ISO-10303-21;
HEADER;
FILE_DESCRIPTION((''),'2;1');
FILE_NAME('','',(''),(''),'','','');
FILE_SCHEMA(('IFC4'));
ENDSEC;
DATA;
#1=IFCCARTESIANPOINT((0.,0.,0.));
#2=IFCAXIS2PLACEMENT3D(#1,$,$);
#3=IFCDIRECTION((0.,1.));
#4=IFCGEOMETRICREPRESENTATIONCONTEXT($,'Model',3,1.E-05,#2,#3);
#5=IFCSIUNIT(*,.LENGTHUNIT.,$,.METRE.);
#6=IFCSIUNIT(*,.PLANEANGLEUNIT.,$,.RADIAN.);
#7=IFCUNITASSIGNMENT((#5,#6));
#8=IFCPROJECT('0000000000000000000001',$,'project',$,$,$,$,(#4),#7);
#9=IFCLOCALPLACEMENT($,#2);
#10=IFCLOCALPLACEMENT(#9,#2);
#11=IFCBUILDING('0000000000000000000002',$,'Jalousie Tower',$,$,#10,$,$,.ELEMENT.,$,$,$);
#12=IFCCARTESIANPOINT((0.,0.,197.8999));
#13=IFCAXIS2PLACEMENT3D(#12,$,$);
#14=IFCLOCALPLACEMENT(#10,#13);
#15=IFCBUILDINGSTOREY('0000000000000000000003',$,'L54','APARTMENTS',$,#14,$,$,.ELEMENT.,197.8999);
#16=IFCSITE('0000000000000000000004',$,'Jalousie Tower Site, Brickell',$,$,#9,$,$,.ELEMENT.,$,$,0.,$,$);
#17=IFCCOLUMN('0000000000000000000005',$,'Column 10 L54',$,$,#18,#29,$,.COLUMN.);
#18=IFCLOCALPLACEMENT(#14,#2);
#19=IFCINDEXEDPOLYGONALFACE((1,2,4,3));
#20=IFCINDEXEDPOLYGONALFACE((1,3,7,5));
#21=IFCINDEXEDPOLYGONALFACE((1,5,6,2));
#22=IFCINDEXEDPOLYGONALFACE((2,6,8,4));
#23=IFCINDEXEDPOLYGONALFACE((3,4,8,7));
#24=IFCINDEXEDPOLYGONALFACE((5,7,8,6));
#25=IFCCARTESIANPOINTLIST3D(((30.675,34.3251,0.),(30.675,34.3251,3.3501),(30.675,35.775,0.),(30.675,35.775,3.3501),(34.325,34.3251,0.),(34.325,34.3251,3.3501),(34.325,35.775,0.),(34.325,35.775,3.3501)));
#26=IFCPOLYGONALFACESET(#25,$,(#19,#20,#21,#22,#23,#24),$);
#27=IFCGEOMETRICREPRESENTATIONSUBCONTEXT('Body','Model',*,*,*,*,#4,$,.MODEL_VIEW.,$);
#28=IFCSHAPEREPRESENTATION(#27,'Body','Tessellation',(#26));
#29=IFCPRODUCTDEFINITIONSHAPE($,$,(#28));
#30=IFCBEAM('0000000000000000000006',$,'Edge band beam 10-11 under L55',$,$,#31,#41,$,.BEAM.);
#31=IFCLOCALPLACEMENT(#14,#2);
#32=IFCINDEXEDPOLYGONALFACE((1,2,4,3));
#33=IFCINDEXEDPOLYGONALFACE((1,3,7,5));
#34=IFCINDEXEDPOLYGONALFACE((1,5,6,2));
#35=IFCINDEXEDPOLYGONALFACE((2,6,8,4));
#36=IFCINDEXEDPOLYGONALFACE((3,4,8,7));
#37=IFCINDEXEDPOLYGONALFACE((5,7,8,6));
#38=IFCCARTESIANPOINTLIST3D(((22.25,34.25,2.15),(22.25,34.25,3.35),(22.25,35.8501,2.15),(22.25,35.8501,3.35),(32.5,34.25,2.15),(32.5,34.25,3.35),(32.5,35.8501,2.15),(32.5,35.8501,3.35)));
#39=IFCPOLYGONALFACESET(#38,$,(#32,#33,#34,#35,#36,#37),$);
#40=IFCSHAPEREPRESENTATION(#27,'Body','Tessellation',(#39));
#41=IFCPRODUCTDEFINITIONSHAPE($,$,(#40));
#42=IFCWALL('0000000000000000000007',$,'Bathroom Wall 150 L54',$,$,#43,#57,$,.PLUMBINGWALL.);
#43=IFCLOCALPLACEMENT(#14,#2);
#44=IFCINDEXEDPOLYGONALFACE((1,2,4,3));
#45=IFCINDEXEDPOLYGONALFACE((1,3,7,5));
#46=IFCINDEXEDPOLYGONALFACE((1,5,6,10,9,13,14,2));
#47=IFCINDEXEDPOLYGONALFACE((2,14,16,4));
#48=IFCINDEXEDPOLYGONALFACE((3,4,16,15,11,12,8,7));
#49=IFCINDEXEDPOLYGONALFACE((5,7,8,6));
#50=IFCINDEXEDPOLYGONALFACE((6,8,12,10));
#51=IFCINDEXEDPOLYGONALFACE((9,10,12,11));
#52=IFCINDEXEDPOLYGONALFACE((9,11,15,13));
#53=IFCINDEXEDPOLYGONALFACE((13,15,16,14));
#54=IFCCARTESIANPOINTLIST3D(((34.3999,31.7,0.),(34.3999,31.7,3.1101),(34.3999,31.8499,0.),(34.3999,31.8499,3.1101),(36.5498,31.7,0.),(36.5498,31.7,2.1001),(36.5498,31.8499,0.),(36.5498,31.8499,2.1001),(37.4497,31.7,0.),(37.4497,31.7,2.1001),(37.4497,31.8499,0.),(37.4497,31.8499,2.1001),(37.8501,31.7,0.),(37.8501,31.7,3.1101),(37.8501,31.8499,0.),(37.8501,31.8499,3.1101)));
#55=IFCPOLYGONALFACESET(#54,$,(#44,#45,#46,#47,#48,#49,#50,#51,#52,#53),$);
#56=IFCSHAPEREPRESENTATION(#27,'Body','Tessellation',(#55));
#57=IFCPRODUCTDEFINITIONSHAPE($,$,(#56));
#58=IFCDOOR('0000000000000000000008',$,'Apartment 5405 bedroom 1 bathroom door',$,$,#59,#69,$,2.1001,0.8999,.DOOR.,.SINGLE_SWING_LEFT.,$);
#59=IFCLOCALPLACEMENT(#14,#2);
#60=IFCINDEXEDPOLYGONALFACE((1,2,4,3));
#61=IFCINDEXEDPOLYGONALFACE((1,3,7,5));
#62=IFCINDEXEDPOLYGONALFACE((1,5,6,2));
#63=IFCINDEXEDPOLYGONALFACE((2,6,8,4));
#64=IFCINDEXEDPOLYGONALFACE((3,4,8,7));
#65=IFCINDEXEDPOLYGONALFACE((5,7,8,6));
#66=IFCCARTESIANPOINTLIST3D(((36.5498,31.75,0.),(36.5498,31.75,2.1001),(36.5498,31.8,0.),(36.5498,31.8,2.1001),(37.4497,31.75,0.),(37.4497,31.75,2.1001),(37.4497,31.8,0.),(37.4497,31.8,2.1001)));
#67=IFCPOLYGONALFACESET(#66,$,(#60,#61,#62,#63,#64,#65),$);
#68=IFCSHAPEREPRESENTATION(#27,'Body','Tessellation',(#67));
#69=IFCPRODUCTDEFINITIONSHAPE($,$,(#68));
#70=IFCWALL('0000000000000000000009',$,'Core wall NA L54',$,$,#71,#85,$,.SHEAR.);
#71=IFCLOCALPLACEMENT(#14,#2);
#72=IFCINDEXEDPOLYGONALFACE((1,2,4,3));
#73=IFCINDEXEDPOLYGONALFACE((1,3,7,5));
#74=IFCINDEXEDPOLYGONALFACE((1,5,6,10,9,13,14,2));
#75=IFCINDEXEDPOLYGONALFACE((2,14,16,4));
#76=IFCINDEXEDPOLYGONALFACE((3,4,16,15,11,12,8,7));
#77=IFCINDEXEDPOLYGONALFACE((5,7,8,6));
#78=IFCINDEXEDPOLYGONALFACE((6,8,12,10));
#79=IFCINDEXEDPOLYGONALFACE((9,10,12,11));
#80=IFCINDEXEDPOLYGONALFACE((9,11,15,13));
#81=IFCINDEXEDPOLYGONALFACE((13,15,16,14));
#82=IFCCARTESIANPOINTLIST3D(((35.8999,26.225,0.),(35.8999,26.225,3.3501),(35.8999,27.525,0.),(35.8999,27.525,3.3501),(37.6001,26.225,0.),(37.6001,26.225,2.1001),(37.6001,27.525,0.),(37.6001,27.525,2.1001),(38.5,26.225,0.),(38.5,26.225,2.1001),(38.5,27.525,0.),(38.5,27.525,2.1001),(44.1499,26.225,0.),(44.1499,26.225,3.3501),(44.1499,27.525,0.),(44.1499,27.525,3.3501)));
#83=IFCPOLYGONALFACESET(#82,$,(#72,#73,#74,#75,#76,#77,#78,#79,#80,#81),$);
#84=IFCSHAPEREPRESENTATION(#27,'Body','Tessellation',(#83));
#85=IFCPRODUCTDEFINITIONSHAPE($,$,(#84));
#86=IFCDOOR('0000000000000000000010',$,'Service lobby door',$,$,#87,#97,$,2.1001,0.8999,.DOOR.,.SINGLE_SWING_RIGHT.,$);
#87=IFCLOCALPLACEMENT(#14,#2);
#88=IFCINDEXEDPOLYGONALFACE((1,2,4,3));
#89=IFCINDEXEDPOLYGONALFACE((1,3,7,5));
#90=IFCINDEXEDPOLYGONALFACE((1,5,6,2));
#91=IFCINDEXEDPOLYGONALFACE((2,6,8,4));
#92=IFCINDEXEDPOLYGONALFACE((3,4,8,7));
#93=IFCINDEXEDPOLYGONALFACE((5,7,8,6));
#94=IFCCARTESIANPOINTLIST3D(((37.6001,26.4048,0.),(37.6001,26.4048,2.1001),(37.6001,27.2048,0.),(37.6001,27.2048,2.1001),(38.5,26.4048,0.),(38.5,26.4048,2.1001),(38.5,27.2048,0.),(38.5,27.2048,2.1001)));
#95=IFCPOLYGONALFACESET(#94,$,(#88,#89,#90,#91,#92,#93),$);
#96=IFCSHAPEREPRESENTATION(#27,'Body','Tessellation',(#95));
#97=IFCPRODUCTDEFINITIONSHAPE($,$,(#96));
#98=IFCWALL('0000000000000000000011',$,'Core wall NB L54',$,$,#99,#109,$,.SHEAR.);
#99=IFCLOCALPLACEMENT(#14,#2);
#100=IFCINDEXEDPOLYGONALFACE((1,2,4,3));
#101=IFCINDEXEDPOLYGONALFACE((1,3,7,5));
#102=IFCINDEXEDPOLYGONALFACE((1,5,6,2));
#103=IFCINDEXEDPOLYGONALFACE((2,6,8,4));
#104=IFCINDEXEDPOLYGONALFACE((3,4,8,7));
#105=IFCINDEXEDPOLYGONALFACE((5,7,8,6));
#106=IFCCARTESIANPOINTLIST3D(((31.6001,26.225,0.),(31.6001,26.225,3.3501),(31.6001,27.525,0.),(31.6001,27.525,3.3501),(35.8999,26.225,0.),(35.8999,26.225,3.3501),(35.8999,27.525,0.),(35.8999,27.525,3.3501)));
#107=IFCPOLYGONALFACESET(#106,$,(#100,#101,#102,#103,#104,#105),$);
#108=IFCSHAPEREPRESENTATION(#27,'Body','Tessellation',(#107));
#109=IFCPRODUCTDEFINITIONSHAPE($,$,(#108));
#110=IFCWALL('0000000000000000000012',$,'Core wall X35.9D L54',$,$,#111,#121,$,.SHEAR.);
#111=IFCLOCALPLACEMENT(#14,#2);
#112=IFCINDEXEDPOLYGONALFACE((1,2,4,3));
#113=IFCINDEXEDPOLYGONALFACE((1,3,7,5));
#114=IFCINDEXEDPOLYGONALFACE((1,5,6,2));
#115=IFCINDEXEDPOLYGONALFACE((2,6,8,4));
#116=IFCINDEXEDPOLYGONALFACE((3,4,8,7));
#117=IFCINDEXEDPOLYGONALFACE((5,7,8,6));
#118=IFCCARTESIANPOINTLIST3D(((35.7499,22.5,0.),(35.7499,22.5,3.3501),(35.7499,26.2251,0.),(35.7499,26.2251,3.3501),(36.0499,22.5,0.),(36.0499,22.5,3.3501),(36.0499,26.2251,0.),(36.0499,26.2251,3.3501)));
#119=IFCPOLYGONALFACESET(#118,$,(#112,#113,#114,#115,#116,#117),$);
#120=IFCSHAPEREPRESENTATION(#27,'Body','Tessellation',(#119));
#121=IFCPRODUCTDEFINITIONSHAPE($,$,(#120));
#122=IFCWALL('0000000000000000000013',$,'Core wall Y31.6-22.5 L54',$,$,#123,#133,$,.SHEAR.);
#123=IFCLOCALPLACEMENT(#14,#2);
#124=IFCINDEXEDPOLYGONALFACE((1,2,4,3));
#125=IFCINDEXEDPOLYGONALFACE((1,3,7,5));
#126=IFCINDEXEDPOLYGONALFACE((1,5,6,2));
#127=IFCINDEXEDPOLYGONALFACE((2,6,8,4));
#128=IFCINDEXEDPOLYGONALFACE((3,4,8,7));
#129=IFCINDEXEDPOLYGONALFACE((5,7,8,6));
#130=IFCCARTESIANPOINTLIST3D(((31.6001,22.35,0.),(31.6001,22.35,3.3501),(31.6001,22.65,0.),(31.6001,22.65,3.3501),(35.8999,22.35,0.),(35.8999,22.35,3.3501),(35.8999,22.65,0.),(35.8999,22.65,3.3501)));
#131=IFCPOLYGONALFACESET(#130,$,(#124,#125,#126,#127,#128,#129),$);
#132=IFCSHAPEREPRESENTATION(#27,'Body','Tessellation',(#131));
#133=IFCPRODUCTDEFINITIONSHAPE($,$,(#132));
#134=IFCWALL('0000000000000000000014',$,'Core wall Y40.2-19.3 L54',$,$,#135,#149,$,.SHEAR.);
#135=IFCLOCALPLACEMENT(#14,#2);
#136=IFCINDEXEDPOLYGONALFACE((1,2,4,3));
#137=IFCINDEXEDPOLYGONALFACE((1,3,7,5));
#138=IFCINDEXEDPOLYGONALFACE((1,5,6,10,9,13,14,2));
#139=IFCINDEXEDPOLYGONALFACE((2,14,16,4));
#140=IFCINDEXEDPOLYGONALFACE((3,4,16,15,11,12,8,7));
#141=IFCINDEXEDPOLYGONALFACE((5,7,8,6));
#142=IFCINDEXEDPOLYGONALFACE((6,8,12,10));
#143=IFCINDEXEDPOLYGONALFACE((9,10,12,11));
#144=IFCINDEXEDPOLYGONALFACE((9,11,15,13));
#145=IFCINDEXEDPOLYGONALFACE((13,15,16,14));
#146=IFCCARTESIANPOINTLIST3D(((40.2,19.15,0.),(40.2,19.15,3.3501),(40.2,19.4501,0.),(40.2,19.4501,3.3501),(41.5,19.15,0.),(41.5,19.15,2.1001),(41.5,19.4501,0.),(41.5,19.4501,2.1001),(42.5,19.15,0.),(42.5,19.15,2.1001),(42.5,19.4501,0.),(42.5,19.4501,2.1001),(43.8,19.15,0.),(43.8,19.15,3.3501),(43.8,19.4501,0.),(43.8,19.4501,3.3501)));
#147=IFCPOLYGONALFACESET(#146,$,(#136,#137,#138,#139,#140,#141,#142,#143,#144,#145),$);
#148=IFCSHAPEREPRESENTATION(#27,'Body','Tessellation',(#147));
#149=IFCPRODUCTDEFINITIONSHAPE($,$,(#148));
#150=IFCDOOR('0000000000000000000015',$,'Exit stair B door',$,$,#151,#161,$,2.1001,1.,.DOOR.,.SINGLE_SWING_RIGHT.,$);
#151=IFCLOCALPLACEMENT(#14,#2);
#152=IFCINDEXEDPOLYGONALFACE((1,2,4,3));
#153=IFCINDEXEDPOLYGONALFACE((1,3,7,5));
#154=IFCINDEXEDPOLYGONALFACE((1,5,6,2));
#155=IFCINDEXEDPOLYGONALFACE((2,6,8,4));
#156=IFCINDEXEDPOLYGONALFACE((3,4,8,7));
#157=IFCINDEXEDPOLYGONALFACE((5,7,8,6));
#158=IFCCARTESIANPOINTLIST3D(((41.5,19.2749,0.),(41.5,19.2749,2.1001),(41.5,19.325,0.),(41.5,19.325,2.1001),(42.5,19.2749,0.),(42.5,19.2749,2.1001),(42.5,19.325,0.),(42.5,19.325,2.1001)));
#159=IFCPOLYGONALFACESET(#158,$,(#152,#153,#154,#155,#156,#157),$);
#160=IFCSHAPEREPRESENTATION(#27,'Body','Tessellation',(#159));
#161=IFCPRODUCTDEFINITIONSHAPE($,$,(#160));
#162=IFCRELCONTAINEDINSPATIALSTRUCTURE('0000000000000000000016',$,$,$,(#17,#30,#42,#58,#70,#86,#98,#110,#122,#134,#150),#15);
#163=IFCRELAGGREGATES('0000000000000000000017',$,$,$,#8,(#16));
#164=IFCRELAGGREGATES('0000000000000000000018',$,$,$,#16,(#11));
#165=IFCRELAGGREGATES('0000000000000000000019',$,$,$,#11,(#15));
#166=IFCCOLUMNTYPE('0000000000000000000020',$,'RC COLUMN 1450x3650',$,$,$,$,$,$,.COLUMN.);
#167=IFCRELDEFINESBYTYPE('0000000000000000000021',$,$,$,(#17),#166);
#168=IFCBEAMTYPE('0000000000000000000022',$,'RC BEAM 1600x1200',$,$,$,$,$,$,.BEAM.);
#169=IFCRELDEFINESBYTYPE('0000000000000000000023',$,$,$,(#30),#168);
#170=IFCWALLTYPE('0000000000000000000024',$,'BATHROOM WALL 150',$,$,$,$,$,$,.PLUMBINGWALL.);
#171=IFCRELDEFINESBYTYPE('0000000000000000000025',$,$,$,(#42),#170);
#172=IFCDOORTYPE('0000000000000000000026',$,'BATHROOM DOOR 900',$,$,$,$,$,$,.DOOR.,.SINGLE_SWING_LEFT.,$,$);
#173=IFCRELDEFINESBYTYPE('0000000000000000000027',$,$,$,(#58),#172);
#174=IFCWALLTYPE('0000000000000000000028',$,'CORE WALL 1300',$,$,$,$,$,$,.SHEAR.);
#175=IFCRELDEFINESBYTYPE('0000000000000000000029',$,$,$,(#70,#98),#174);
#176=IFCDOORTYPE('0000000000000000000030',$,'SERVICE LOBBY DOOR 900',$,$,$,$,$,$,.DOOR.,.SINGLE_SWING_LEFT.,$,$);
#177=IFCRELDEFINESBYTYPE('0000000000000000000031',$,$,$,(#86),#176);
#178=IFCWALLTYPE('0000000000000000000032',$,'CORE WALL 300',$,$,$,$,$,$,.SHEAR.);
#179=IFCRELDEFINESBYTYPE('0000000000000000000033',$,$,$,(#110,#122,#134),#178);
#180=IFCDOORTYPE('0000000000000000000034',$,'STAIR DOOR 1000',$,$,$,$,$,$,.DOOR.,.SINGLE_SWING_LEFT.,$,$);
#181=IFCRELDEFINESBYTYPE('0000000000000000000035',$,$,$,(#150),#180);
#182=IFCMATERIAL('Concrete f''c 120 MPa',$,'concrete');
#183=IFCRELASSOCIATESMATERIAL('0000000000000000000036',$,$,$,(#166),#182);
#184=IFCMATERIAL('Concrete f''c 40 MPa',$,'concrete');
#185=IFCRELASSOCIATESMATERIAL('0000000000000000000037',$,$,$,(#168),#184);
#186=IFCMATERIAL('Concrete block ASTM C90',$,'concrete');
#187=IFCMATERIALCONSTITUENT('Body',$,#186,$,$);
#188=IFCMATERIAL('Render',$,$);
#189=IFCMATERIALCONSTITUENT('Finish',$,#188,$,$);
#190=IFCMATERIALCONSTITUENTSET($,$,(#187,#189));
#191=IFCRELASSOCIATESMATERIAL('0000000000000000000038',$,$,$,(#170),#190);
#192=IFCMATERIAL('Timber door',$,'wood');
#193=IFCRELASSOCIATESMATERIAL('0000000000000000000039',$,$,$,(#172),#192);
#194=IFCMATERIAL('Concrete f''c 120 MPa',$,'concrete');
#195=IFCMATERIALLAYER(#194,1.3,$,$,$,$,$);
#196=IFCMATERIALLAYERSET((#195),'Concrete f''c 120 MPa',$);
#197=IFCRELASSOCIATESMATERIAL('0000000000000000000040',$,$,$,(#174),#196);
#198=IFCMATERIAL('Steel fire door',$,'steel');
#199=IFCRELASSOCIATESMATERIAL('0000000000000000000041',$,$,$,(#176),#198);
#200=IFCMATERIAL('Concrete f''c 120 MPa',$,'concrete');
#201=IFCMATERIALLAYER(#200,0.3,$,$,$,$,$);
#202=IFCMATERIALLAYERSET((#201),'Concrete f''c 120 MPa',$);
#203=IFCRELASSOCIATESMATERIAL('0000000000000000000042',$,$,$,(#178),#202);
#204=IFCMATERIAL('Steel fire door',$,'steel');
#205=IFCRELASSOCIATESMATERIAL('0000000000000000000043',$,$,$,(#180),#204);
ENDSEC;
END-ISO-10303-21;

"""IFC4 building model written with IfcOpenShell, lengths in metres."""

from ifc_helpers import new_model, si_unit, direction, frame, frame_2d, origin, origin_2d, place, context, subcontext, project, spatial, rectangle, extrude, material, layer, layer_set, constituent, constituent_set, material_profile, profile_set, type_object, element, fill, save


model = new_model("IFC4")

# Units and contexts
model_context = context("Model", 3, precision=1e-05, world=origin(), true_north=direction((0.0, 1.0)))
body_context = subcontext(model_context, "Body", "Model", "MODEL_VIEW")
ifc_project = project(units=[si_unit("LENGTHUNIT", "METRE"), si_unit("PLANEANGLEUNIT", "RADIAN")], contexts=[model_context])

# Site, building, storey
site_placement = place(None, origin())
site = spatial("IfcSite", under=ifc_project, at=site_placement, Name="Jalousie Tower Site, Brickell", CompositionType="ELEMENT", RefElevation=0.0)
building_placement = place(site_placement, origin())
building = spatial("IfcBuilding", under=site, at=building_placement, Name="Jalousie Tower", CompositionType="ELEMENT")
storey_placement = place(building_placement, frame((0.0, 0.0, 197.8999)))
storey = spatial("IfcBuildingStorey", under=building, at=storey_placement, Name="L54", Description="APARTMENTS", CompositionType="ELEMENT", Elevation=197.8999)

# Column
ifc_material_1 = material(Name="Concrete f'c 120 MPa", Category="concrete")
ifc_material_profile_1 = material_profile(ifc_material_1, rectangle(XDim=1.45, YDim=3.6499, at=origin_2d()), Name="RC 1450x3650")
ifc_profile_set_1 = profile_set([ifc_material_profile_1], Name="Concrete f'c 120 MPa")
column_type = type_object("IfcColumnType", Name="RC COLUMN 1450x3650", PredefinedType="COLUMN", material=ifc_profile_set_1)
column_placement = place(storey_placement, frame((32.5, 35.05, 0.0), z_axis=(0.0, 0.0, 1.0), x_axis=(0.0, 1.0, 0.0)))
element("IfcColumn", 1, at=column_placement, inside=storey, type_object=column_type, Name="Column 10 L54", PredefinedType="COLUMN", context=body_context, shape_type="SweptSolid", body=[
    extrude(rectangle(XDim=1.45, YDim=3.6499, at=origin_2d()), origin(), (0.0, 0.0, 1.0), 3.3501),
])

# Beam
ifc_material_2 = material(Name="Concrete f'c 40 MPa", Category="concrete")
ifc_material_profile_2 = material_profile(ifc_material_2, rectangle(XDim=1.6001, YDim=1.2, at=origin_2d()), Name="RC 1600x1200")
ifc_profile_set_2 = profile_set([ifc_material_profile_2], Name="Concrete f'c 40 MPa")
beam_type = type_object("IfcBeamType", Name="RC BEAM 1600x1200", PredefinedType="BEAM", material=ifc_profile_set_2)
beam_placement = place(storey_placement, frame((32.5, 35.05, 2.75), z_axis=(-1.0, 0.0, 0.0), x_axis=(0.0, -1.0, 0.0)))
element("IfcBeam", 2, at=beam_placement, inside=storey, type_object=beam_type, Name="Edge band beam 10-11 under L55", PredefinedType="BEAM", context=body_context, shape_type="SweptSolid", body=[
    extrude(rectangle(XDim=1.6001, YDim=1.2, at=origin_2d()), origin(), (0.0, 0.0, 1.0), 10.25),
])

# Walls, openings, doors
ifc_material_3 = material(Name="Concrete block ASTM C90", Category="concrete")
ifc_constituent_1 = constituent(ifc_material_3, Name="Body")
ifc_material_4 = material(Name="Render")
ifc_constituent_2 = constituent(ifc_material_4, Name="Finish")
ifc_constituent_set_1 = constituent_set(constituents=[ifc_constituent_1, ifc_constituent_2])
wall_type_1 = type_object("IfcWallType", Name="BATHROOM WALL 150", PredefinedType="PLUMBINGWALL", material=ifc_constituent_set_1)
wall_1_placement = place(storey_placement, frame((34.3999, 31.7749, 0.0), z_axis=(0.0, 0.0, 1.0), x_axis=(1.0, 0.0, 0.0)))
wall_1 = element("IfcWall", 3, at=wall_1_placement, inside=storey, type_object=wall_type_1, Name="Bathroom Wall 150 L54", PredefinedType="PLUMBINGWALL", context=body_context, shape_type="SweptSolid", body=[
    extrude(rectangle(XDim=3.4502, YDim=0.1499, at=frame_2d((1.7251, 0.0))), origin(), (0.0, 0.0, 1.0), 3.1101),
])
opening_1_placement = place(wall_1_placement, frame((2.1499, 0.0, 0.0)))
opening_1 = element("IfcOpeningElement", 4, at=opening_1_placement, cuts=wall_1, PredefinedType="OPENING", context=body_context, shape_type="SweptSolid", body=[
    extrude(rectangle(XDim=0.8999, YDim=2.1001, at=frame_2d((0.45, 1.05))), frame((0.0, 0.085, 0.0), z_axis=(0.0, -1.0, 0.0), x_axis=(1.0, 0.0, 0.0)), (0.0, 0.0, 1.0), 0.1699),
])
ifc_material_5 = material(Name="Timber door", Category="wood")
door_type_1 = type_object("IfcDoorType", Name="BATHROOM DOOR 900", OperationType="SINGLE_SWING_LEFT", PredefinedType="DOOR", material=ifc_material_5)
door_1_placement = place(opening_1_placement, frame((0.8999, 0.0, 0.0), z_axis=(0.0, 0.0, 1.0), x_axis=(-1.0, 0.0, 0.0)))
door_1 = element("IfcDoor", 5, at=door_1_placement, inside=storey, type_object=door_type_1, Name="Apartment 5405 bedroom 1 bathroom door", OperationType="SINGLE_SWING_LEFT", OverallHeight=2.1001, OverallWidth=0.8999, PredefinedType="DOOR", context=body_context, shape_type="SweptSolid", body=[
    extrude(rectangle(XDim=0.8999, YDim=2.1001, at=frame_2d((0.45, 1.05))), frame((0.0, 0.0249, 0.0), z_axis=(0.0, -1.0, 0.0), x_axis=(1.0, 0.0, 0.0)), (0.0, 0.0, 1.0), 0.05),
])
fill(opening_1, door_1)
ifc_material_6 = material(Name="Concrete f'c 120 MPa", Category="concrete")
ifc_layer_1 = layer(ifc_material_6, 1.3)
ifc_layer_set_1 = layer_set([ifc_layer_1], Name="Concrete f'c 120 MPa")
wall_type_2 = type_object("IfcWallType", Name="CORE WALL 1300", PredefinedType="SHEAR", material=ifc_layer_set_1)
wall_2_placement = place(storey_placement, frame((44.1499, 26.875, 0.0), z_axis=(0.0, 0.0, 1.0), x_axis=(-1.0, 0.0, 0.0)))
wall_2 = element("IfcWall", 6, at=wall_2_placement, inside=storey, type_object=wall_type_2, Name="Core wall NA L54", PredefinedType="SHEAR", context=body_context, shape_type="SweptSolid", body=[
    extrude(rectangle(XDim=8.25, YDim=1.3, at=frame_2d((4.125, 0.0))), origin(), (0.0, 0.0, 1.0), 3.3501),
])
opening_2_placement = place(wall_2_placement, frame((5.6499, 0.0, 0.0)))
opening_2 = element("IfcOpeningElement", 7, at=opening_2_placement, cuts=wall_2, PredefinedType="OPENING", context=body_context, shape_type="SweptSolid", body=[
    extrude(rectangle(XDim=0.8999, YDim=2.1001, at=frame_2d((0.45, 1.05))), frame((0.0, 0.6599, 0.0), z_axis=(0.0, -1.0, 0.0), x_axis=(1.0, 0.0, 0.0)), (0.0, 0.0, 1.0), 1.3201),
])
ifc_material_7 = material(Name="Steel fire door", Category="steel")
door_type_2 = type_object("IfcDoorType", Name="SERVICE LOBBY DOOR 900", OperationType="SINGLE_SWING_LEFT", PredefinedType="DOOR", material=ifc_material_7)
door_2_placement = place(opening_2_placement, origin())
door_2 = element("IfcDoor", 8, at=door_2_placement, inside=storey, type_object=door_type_2, Name="Service lobby door", OperationType="SINGLE_SWING_RIGHT", OverallHeight=2.1001, OverallWidth=0.8999, PredefinedType="DOOR", context=body_context, shape_type="SweptSolid", body=[
    extrude(rectangle(XDim=0.8999, YDim=2.1001, at=frame_2d((0.45, 1.05))), frame((0.0, 0.4702, 0.0), z_axis=(0.0, -1.0, 0.0), x_axis=(1.0, 0.0, 0.0)), (0.0, 0.0, 1.0), 0.8),
])
fill(opening_2, door_2)

# Walls
wall_3_placement = place(storey_placement, frame((35.8999, 26.875, 0.0), z_axis=(0.0, 0.0, 1.0), x_axis=(-1.0, 0.0, 0.0)))
element("IfcWall", 9, at=wall_3_placement, inside=storey, type_object=wall_type_2, Name="Core wall NB L54", PredefinedType="SHEAR", context=body_context, shape_type="SweptSolid", body=[
    extrude(rectangle(XDim=4.2998, YDim=1.3, at=frame_2d((2.1499, 0.0))), origin(), (0.0, 0.0, 1.0), 3.3501),
])
ifc_material_8 = material(Name="Concrete f'c 120 MPa", Category="concrete")
ifc_layer_2 = layer(ifc_material_8, 0.3)
ifc_layer_set_2 = layer_set([ifc_layer_2], Name="Concrete f'c 120 MPa")
wall_type_3 = type_object("IfcWallType", Name="CORE WALL 300", PredefinedType="SHEAR", material=ifc_layer_set_2)
wall_4_placement = place(storey_placement, frame((35.8999, 22.5, 0.0), z_axis=(0.0, 0.0, 1.0), x_axis=(0.0, 1.0, 0.0)))
element("IfcWall", 10, at=wall_4_placement, inside=storey, type_object=wall_type_3, Name="Core wall X35.9D L54", PredefinedType="SHEAR", context=body_context, shape_type="SweptSolid", body=[
    extrude(rectangle(XDim=3.7251, YDim=0.3, at=frame_2d((1.8625, 0.0))), origin(), (0.0, 0.0, 1.0), 3.3501),
])
wall_5_placement = place(storey_placement, frame((31.6001, 22.5, 0.0), z_axis=(0.0, 0.0, 1.0), x_axis=(1.0, 0.0, 0.0)))
element("IfcWall", 11, at=wall_5_placement, inside=storey, type_object=wall_type_3, Name="Core wall Y31.6-22.5 L54", PredefinedType="SHEAR", context=body_context, shape_type="SweptSolid", body=[
    extrude(rectangle(XDim=4.2998, YDim=0.3, at=frame_2d((2.1499, 0.0))), origin(), (0.0, 0.0, 1.0), 3.3501),
])

# Wall, opening, door
wall_6_placement = place(storey_placement, frame((40.2, 19.3, 0.0), z_axis=(0.0, 0.0, 1.0), x_axis=(1.0, 0.0, 0.0)))
wall_6 = element("IfcWall", 12, at=wall_6_placement, inside=storey, type_object=wall_type_3, Name="Core wall Y40.2-19.3 L54", PredefinedType="SHEAR", context=body_context, shape_type="SweptSolid", body=[
    extrude(rectangle(XDim=3.6001, YDim=0.3, at=frame_2d((1.8, 0.0))), origin(), (0.0, 0.0, 1.0), 3.3501),
])
opening_3_placement = place(wall_6_placement, frame((1.3, 0.0, 0.0)))
opening_3 = element("IfcOpeningElement", 13, at=opening_3_placement, cuts=wall_6, PredefinedType="OPENING", context=body_context, shape_type="SweptSolid", body=[
    extrude(rectangle(XDim=1.0, YDim=2.1001, at=frame_2d((0.5, 1.05))), frame((0.0, 0.1599, 0.0), z_axis=(0.0, -1.0, 0.0), x_axis=(1.0, 0.0, 0.0)), (0.0, 0.0, 1.0), 0.3201),
])
ifc_material_9 = material(Name="Steel fire door", Category="steel")
door_type_3 = type_object("IfcDoorType", Name="STAIR DOOR 1000", OperationType="SINGLE_SWING_LEFT", PredefinedType="DOOR", material=ifc_material_9)
door_3_placement = place(opening_3_placement, origin())
door_3 = element("IfcDoor", 14, at=door_3_placement, inside=storey, type_object=door_type_3, Name="Exit stair B door", OperationType="SINGLE_SWING_RIGHT", OverallHeight=2.1001, OverallWidth=1.0, PredefinedType="DOOR", context=body_context, shape_type="SweptSolid", body=[
    extrude(rectangle(XDim=1.0, YDim=2.1001, at=frame_2d((0.5, 1.05))), frame((0.0, 0.0249, 0.0), z_axis=(0.0, -1.0, 0.0), x_axis=(1.0, 0.0, 0.0)), (0.0, 0.0, 1.0), 0.05),
])
fill(opening_3, door_3)

save(model, "model.ifc")
